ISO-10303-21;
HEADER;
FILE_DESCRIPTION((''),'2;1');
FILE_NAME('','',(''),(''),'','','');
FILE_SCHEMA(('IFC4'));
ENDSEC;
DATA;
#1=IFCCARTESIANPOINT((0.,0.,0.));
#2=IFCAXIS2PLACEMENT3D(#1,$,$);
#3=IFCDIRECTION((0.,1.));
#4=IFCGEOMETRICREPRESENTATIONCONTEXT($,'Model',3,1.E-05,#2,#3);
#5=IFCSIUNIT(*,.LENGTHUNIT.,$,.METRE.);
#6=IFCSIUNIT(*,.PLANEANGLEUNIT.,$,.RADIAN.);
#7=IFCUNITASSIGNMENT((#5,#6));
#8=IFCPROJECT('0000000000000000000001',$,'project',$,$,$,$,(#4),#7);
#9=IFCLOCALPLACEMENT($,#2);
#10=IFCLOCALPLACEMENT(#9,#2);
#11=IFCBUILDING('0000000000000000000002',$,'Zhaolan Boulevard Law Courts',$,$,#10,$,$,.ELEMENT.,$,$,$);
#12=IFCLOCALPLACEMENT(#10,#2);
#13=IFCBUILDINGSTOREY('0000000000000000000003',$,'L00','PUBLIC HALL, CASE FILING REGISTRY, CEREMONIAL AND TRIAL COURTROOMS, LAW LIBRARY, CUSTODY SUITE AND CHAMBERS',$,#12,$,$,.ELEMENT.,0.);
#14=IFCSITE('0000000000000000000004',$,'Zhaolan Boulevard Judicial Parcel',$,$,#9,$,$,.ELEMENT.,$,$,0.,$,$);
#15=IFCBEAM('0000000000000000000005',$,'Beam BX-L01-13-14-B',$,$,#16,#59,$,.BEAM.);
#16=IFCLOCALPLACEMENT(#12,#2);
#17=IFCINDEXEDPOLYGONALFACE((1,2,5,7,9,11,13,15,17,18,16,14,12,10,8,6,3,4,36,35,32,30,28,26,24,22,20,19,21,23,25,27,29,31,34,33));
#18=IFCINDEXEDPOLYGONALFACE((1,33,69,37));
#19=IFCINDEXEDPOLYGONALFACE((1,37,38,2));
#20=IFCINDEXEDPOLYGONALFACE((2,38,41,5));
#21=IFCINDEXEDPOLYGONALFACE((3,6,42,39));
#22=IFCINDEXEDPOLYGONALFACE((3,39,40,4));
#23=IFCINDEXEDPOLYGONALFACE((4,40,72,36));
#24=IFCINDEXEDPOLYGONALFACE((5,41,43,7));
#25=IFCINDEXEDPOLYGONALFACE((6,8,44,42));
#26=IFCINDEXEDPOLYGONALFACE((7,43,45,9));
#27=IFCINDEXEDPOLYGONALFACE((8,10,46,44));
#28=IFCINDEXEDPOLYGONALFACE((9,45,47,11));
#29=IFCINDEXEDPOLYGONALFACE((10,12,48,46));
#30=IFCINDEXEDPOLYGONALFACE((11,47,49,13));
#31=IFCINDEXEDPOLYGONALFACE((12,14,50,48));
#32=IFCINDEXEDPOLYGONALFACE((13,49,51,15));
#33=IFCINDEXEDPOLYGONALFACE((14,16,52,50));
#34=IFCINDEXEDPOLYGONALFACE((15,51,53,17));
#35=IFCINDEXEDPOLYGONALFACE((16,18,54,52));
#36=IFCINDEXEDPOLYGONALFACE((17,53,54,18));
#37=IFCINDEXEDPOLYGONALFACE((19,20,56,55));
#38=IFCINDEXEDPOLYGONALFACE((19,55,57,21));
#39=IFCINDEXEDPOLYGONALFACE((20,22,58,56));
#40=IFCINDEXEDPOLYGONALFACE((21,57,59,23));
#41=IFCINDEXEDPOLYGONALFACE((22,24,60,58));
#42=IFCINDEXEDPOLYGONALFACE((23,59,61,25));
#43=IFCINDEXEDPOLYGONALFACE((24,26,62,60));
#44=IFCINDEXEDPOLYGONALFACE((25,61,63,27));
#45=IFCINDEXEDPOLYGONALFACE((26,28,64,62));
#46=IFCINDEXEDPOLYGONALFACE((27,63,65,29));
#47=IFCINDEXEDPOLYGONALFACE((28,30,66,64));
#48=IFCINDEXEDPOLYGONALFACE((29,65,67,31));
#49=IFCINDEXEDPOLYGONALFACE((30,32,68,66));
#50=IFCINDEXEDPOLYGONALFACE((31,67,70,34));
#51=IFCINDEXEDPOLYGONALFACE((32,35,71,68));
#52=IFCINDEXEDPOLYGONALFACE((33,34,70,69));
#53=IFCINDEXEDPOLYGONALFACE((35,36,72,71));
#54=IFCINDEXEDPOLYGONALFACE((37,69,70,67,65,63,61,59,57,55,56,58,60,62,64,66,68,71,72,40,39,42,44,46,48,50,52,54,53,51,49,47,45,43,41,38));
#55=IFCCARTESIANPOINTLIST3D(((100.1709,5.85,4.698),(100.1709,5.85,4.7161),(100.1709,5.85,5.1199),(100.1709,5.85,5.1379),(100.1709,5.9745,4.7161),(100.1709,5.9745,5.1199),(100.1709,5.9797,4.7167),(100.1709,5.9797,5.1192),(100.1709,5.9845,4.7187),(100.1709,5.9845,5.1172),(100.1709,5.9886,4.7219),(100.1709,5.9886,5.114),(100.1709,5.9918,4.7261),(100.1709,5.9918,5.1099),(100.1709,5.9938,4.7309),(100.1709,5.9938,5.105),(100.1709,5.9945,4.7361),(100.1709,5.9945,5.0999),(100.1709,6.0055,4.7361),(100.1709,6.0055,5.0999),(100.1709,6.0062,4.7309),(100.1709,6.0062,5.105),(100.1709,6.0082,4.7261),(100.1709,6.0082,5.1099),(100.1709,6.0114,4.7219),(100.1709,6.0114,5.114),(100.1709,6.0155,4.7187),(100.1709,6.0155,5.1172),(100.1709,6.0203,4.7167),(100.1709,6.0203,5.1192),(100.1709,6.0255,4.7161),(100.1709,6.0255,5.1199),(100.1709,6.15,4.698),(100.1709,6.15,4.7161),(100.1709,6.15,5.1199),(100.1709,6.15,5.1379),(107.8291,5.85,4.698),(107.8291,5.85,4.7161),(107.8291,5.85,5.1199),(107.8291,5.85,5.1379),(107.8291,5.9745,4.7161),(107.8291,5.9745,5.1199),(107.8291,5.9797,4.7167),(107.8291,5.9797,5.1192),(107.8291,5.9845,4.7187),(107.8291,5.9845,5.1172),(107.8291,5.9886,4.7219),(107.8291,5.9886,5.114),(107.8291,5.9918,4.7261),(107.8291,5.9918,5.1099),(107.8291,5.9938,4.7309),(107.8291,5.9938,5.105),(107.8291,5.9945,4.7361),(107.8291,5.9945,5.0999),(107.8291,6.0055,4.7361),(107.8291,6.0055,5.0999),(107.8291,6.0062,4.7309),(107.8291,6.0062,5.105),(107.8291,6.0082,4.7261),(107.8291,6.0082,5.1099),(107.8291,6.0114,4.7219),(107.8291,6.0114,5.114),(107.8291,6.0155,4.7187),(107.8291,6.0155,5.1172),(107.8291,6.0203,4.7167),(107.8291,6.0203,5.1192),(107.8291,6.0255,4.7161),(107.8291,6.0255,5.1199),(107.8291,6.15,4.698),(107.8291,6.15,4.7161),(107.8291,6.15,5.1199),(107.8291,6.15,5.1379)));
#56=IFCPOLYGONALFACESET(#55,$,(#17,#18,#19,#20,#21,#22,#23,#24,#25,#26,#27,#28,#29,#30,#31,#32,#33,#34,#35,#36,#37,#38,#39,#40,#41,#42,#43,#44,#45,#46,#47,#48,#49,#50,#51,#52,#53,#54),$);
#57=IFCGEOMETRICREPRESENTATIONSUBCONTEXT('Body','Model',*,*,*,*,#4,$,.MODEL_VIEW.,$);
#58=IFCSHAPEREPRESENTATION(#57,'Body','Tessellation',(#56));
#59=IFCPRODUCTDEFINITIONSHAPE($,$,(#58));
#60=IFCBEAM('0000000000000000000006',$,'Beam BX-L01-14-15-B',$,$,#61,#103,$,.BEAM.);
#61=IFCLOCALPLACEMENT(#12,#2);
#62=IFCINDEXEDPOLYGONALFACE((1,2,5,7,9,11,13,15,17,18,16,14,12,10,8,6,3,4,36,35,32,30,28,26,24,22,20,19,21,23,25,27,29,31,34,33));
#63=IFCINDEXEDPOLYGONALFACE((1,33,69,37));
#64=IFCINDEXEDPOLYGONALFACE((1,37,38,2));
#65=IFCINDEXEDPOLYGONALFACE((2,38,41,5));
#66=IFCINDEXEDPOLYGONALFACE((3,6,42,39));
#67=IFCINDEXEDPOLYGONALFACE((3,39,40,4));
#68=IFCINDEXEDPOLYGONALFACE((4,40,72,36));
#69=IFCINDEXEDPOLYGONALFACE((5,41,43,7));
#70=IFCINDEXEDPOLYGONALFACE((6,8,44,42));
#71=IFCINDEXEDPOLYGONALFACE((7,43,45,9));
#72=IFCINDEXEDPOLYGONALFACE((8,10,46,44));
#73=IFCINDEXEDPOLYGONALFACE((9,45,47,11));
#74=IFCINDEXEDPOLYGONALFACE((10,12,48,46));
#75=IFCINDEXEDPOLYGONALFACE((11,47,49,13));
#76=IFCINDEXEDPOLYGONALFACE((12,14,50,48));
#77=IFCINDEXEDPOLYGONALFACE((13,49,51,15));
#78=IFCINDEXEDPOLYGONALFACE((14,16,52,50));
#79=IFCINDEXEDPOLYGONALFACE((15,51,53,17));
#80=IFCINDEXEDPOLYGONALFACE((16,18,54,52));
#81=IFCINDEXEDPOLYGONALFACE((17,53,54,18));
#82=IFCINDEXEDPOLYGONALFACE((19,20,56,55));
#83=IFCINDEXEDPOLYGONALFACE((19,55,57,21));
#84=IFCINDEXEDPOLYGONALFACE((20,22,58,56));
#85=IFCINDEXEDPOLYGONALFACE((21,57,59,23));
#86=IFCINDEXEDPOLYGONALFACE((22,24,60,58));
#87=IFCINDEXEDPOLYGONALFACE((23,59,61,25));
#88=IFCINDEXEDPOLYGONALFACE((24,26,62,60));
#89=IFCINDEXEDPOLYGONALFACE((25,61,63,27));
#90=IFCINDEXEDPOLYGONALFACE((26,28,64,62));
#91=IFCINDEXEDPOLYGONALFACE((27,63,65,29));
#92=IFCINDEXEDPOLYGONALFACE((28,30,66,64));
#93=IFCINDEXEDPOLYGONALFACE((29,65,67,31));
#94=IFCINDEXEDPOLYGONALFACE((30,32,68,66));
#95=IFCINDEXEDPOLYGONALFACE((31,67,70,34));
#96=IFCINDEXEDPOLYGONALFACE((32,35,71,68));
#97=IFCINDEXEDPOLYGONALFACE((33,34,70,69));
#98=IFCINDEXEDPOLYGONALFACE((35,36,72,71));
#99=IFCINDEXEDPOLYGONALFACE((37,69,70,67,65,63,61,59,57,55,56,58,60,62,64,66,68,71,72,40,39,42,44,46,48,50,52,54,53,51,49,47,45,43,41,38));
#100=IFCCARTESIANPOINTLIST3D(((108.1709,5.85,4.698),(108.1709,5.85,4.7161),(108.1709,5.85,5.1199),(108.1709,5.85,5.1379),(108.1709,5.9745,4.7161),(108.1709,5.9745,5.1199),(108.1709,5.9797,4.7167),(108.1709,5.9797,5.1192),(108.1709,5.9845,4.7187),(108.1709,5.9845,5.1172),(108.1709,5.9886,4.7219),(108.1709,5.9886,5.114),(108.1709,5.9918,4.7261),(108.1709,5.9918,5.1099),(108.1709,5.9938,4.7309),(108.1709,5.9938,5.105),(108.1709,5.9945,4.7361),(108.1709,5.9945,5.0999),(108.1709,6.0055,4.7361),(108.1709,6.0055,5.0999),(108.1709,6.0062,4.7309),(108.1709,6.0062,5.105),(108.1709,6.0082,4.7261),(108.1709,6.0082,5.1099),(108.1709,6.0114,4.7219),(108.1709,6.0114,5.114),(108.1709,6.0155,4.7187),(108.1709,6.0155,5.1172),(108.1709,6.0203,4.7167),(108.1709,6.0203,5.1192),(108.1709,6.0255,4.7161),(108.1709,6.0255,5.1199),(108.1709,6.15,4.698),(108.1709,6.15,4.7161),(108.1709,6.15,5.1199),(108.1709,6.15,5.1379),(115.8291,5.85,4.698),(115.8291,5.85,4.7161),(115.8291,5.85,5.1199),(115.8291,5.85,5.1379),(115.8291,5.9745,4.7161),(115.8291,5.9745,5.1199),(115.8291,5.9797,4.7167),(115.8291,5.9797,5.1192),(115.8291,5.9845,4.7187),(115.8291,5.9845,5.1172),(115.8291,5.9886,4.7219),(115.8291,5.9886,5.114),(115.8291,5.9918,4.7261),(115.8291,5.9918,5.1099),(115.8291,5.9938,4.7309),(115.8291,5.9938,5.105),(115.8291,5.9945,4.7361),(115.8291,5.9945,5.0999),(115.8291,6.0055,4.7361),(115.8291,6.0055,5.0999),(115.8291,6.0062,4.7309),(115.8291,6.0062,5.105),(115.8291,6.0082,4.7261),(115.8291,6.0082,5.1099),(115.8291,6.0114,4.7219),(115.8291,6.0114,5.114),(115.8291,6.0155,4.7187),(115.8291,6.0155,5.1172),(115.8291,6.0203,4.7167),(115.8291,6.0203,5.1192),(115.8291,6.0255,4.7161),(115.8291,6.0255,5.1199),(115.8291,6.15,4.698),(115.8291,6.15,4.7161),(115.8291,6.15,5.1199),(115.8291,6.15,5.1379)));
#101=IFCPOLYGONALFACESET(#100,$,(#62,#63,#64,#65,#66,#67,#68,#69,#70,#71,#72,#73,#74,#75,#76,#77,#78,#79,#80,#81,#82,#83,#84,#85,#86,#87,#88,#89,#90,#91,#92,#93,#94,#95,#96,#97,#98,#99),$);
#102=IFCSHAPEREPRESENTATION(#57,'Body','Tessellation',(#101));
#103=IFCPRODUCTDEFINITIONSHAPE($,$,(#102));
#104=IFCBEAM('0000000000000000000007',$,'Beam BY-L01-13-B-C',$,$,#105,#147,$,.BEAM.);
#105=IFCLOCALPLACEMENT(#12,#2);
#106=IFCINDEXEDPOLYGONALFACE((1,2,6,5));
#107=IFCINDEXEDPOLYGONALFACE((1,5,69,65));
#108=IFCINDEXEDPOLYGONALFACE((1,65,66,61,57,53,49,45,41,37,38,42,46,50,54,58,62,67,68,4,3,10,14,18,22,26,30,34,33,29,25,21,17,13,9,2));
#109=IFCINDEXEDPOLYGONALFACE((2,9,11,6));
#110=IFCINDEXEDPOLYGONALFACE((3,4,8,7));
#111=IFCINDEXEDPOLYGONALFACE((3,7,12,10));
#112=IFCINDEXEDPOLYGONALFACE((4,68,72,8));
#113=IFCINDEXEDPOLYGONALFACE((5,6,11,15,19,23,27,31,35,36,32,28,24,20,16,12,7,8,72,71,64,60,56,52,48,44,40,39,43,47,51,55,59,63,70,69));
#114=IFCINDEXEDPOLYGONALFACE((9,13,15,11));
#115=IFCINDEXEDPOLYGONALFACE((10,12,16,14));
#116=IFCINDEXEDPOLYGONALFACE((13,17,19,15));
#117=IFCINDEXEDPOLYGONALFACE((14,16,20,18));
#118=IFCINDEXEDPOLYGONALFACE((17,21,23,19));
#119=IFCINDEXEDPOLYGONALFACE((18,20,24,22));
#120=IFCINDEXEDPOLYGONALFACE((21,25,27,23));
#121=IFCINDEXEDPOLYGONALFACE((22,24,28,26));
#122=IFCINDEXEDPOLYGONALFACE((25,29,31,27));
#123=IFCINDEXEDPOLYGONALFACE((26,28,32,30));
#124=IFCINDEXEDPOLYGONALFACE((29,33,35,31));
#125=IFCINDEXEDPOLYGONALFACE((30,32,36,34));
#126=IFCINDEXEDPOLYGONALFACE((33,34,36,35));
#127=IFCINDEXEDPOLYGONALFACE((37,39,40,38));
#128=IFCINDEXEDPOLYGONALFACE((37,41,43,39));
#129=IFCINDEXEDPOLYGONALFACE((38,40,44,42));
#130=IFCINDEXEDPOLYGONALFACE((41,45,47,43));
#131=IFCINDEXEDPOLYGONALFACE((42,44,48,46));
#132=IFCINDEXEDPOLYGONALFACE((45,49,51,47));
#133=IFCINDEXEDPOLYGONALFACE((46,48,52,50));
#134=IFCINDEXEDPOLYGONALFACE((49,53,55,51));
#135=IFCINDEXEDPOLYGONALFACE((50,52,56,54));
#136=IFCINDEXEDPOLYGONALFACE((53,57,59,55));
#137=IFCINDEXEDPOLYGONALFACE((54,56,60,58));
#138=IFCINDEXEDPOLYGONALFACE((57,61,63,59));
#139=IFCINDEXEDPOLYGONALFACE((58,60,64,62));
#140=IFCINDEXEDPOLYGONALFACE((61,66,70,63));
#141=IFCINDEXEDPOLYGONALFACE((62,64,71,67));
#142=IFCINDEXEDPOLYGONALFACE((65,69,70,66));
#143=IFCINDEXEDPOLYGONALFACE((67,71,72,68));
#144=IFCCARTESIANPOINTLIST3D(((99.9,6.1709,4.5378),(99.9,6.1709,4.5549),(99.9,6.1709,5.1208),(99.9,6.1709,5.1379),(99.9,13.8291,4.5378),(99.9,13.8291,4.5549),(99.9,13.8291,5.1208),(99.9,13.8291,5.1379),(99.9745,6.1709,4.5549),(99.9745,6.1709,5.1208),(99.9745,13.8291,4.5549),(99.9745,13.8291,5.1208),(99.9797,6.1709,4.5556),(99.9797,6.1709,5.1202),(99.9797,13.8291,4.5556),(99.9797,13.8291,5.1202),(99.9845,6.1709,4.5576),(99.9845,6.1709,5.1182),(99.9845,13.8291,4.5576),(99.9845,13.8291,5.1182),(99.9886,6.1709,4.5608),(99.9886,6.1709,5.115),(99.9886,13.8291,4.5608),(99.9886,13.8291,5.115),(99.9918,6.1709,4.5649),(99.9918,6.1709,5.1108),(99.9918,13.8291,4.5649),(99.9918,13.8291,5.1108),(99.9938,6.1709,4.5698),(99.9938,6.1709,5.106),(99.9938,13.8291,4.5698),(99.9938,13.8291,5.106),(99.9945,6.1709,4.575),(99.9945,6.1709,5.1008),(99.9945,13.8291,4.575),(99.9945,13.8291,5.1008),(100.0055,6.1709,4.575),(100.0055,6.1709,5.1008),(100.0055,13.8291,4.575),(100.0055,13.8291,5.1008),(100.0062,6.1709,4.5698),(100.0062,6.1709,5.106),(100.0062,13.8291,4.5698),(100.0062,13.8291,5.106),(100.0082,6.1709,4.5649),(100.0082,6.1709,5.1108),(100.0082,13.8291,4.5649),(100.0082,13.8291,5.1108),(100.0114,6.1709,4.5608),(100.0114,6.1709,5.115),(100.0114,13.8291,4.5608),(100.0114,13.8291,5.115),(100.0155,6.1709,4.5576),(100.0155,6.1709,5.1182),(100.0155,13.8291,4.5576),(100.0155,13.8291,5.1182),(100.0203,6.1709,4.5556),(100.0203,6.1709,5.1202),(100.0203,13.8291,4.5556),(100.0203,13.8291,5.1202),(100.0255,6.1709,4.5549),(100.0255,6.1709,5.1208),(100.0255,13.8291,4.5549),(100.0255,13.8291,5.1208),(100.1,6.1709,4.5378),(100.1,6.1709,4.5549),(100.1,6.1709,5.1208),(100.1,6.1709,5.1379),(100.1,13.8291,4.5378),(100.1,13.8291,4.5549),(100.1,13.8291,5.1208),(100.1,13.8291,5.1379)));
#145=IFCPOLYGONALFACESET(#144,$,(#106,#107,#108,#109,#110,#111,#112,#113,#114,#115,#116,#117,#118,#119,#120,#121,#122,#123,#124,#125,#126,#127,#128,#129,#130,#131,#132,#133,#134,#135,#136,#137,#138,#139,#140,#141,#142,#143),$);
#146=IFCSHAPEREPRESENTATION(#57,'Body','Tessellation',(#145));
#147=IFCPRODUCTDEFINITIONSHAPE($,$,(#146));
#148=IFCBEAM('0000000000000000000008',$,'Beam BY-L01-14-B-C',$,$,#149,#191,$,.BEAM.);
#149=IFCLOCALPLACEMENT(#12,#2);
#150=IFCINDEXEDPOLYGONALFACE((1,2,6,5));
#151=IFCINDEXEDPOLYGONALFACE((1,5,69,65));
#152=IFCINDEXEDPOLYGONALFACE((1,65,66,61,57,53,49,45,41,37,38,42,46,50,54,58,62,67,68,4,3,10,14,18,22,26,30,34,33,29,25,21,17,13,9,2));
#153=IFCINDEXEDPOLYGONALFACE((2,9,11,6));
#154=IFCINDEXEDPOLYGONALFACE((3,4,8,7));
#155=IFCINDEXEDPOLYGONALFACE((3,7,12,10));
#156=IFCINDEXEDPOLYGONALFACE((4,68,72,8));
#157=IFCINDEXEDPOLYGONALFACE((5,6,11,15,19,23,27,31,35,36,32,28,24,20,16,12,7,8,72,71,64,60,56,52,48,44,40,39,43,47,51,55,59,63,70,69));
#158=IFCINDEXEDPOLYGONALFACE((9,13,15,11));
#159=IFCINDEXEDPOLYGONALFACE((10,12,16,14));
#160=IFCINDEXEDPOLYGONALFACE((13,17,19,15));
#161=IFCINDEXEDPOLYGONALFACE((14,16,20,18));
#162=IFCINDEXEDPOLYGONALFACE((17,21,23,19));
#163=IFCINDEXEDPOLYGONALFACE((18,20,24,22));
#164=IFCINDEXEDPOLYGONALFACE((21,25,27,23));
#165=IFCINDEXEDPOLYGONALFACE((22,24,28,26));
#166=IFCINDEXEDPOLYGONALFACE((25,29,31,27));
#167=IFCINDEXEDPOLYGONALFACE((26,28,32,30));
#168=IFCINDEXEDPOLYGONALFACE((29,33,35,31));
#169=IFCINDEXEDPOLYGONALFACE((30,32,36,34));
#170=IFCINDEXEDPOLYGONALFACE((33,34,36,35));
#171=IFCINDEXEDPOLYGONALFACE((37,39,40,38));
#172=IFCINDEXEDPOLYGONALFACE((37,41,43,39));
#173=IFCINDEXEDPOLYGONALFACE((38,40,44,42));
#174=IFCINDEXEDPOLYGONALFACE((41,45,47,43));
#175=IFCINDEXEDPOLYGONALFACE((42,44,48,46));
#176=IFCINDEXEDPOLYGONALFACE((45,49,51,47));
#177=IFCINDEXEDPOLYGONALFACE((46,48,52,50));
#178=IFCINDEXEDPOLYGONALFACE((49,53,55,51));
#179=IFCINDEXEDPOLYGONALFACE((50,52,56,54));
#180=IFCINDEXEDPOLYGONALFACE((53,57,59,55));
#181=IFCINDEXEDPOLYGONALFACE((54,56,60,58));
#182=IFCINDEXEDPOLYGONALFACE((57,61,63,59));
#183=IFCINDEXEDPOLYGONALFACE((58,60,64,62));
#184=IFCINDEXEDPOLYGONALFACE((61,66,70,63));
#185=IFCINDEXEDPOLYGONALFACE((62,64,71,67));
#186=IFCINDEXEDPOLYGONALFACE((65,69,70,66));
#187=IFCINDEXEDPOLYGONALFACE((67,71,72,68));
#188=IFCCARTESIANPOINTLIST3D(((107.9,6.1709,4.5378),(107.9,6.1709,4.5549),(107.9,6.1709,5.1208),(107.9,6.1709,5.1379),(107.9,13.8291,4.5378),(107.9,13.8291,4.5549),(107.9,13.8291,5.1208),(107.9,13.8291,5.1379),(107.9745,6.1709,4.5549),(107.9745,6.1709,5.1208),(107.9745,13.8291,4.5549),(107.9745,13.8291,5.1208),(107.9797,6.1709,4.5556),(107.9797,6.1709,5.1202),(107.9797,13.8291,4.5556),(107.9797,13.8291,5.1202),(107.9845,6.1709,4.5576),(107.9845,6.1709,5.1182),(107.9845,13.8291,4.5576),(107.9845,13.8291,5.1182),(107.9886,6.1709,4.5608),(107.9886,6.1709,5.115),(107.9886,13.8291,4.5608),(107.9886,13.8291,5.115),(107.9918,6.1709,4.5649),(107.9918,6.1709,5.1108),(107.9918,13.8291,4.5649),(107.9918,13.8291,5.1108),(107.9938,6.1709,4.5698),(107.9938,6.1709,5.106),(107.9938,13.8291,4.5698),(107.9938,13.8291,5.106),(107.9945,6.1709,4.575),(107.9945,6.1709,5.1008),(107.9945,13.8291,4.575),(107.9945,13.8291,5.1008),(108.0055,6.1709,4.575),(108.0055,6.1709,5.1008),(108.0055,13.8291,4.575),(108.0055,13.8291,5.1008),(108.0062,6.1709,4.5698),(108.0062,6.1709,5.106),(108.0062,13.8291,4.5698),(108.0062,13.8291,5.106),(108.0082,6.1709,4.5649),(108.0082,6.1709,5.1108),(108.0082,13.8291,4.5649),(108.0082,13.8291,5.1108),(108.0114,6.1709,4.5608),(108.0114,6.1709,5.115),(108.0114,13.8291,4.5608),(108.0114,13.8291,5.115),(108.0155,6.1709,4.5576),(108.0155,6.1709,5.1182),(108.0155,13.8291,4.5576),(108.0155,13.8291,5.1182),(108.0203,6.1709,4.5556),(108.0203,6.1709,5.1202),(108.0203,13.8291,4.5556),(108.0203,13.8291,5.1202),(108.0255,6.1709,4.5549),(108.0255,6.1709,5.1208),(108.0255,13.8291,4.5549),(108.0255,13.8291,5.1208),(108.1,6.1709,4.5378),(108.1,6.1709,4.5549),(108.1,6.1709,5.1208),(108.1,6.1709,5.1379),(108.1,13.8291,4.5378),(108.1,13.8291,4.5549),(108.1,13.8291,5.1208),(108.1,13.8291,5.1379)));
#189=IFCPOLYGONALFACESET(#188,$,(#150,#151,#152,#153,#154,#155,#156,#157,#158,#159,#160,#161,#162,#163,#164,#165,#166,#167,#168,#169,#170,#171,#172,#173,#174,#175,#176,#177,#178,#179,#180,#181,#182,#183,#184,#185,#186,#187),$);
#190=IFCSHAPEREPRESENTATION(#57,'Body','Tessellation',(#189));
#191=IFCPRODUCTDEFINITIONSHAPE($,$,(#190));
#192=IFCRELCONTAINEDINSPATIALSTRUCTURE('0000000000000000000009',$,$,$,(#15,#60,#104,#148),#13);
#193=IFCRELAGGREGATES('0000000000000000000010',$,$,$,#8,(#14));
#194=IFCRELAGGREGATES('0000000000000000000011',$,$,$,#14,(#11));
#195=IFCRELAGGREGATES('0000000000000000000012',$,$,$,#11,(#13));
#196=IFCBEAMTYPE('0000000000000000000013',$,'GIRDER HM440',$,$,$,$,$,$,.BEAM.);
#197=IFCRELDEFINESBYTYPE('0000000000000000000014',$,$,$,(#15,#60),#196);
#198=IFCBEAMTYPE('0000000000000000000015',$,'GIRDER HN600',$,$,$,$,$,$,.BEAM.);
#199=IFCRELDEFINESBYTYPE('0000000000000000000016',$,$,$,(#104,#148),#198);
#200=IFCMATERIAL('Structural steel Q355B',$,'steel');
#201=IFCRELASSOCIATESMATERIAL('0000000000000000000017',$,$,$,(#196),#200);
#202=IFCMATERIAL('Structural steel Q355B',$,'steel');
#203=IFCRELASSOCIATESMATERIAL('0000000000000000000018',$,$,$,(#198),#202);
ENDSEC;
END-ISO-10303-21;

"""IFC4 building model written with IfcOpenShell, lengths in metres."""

from ifc_helpers import new_model, si_unit, direction, frame, origin, origin_2d, place, context, subcontext, project, spatial, i_section, extrude, material, material_profile, profile_set, type_object, element, save


model = new_model("IFC4")

# Units and contexts
model_context = context("Model", 3, precision=1e-05, world=origin(), true_north=direction((0.0, 1.0)))
body_context = subcontext(model_context, "Body", "Model", "MODEL_VIEW")
ifc_project = project(units=[si_unit("LENGTHUNIT", "METRE"), si_unit("PLANEANGLEUNIT", "RADIAN")], contexts=[model_context])

# Site, building, storey
site_placement = place(None, origin())
site = spatial("IfcSite", under=ifc_project, at=site_placement, Name="Zhaolan Boulevard Judicial Parcel", CompositionType="ELEMENT", RefElevation=0.0)
building_placement = place(site_placement, origin())
building = spatial("IfcBuilding", under=site, at=building_placement, Name="Zhaolan Boulevard Law Courts", CompositionType="ELEMENT")
storey_placement = place(building_placement, origin())
storey = spatial("IfcBuildingStorey", under=building, at=storey_placement, Name="L00", Description="PUBLIC HALL, CASE FILING REGISTRY, CEREMONIAL AND TRIAL COURTROOMS, LAW LIBRARY, CUSTODY SUITE AND CHAMBERS", CompositionType="ELEMENT", Elevation=0.0)

# Beams
ifc_material_1 = material(Name="Structural steel Q355B", Category="steel")
ifc_material_profile_1 = material_profile(ifc_material_1, i_section(OverallWidth=0.3, OverallDepth=0.4399, WebThickness=0.011, FlangeThickness=0.0181, FilletRadius=0.02, at=origin_2d()), Name="HM440x300")
ifc_profile_set_1 = profile_set([ifc_material_profile_1], Name="Structural steel Q355B")
beam_type_1 = type_object("IfcBeamType", Name="GIRDER HM440", PredefinedType="BEAM", material=ifc_profile_set_1)
for number, where, z_axis, x_axis, name in (
    (1, (100.1709, 6.0, 4.918), (1.0, 0.0, 0.0), (0.0, 1.0, 0.0), "Beam BX-L01-13-14-B"),
    (2, (108.1709, 6.0, 4.918), (1.0, 0.0, 0.0), (0.0, 1.0, 0.0), "Beam BX-L01-14-15-B"),
):
    element("IfcBeam", number, at=place(storey_placement, frame(where, z_axis=z_axis, x_axis=x_axis)), inside=storey, type_object=beam_type_1, Name=name, PredefinedType="BEAM", context=body_context, shape_type="SweptSolid", body=[
        extrude(i_section(OverallWidth=0.3, OverallDepth=0.4399, WebThickness=0.011, FlangeThickness=0.0181, FilletRadius=0.02, at=origin_2d()), origin(), (0.0, 0.0, 1.0), 7.6582),
    ])
ifc_material_2 = material(Name="Structural steel Q355B", Category="steel")
ifc_material_profile_2 = material_profile(ifc_material_2, i_section(OverallWidth=0.2, OverallDepth=0.6001, WebThickness=0.011, FlangeThickness=0.0171, FilletRadius=0.02, at=origin_2d()), Name="HN600x200")
ifc_profile_set_2 = profile_set([ifc_material_profile_2], Name="Structural steel Q355B")
beam_type_2 = type_object("IfcBeamType", Name="GIRDER HN600", PredefinedType="BEAM", material=ifc_profile_set_2)
for number, where, z_axis, x_axis, name in (
    (3, (100.0, 6.1709, 4.8379), (0.0, 1.0, 0.0), (-1.0, 0.0, 0.0), "Beam BY-L01-13-B-C"),
    (4, (108.0, 6.1709, 4.8379), (0.0, 1.0, 0.0), (-1.0, 0.0, 0.0), "Beam BY-L01-14-B-C"),
):
    element("IfcBeam", number, at=place(storey_placement, frame(where, z_axis=z_axis, x_axis=x_axis)), inside=storey, type_object=beam_type_2, Name=name, PredefinedType="BEAM", context=body_context, shape_type="SweptSolid", body=[
        extrude(i_section(OverallWidth=0.2, OverallDepth=0.6001, WebThickness=0.011, FlangeThickness=0.0171, FilletRadius=0.02, at=origin_2d()), origin(), (0.0, 0.0, 1.0), 7.6582),
    ])

save(model, "model.ifc")
